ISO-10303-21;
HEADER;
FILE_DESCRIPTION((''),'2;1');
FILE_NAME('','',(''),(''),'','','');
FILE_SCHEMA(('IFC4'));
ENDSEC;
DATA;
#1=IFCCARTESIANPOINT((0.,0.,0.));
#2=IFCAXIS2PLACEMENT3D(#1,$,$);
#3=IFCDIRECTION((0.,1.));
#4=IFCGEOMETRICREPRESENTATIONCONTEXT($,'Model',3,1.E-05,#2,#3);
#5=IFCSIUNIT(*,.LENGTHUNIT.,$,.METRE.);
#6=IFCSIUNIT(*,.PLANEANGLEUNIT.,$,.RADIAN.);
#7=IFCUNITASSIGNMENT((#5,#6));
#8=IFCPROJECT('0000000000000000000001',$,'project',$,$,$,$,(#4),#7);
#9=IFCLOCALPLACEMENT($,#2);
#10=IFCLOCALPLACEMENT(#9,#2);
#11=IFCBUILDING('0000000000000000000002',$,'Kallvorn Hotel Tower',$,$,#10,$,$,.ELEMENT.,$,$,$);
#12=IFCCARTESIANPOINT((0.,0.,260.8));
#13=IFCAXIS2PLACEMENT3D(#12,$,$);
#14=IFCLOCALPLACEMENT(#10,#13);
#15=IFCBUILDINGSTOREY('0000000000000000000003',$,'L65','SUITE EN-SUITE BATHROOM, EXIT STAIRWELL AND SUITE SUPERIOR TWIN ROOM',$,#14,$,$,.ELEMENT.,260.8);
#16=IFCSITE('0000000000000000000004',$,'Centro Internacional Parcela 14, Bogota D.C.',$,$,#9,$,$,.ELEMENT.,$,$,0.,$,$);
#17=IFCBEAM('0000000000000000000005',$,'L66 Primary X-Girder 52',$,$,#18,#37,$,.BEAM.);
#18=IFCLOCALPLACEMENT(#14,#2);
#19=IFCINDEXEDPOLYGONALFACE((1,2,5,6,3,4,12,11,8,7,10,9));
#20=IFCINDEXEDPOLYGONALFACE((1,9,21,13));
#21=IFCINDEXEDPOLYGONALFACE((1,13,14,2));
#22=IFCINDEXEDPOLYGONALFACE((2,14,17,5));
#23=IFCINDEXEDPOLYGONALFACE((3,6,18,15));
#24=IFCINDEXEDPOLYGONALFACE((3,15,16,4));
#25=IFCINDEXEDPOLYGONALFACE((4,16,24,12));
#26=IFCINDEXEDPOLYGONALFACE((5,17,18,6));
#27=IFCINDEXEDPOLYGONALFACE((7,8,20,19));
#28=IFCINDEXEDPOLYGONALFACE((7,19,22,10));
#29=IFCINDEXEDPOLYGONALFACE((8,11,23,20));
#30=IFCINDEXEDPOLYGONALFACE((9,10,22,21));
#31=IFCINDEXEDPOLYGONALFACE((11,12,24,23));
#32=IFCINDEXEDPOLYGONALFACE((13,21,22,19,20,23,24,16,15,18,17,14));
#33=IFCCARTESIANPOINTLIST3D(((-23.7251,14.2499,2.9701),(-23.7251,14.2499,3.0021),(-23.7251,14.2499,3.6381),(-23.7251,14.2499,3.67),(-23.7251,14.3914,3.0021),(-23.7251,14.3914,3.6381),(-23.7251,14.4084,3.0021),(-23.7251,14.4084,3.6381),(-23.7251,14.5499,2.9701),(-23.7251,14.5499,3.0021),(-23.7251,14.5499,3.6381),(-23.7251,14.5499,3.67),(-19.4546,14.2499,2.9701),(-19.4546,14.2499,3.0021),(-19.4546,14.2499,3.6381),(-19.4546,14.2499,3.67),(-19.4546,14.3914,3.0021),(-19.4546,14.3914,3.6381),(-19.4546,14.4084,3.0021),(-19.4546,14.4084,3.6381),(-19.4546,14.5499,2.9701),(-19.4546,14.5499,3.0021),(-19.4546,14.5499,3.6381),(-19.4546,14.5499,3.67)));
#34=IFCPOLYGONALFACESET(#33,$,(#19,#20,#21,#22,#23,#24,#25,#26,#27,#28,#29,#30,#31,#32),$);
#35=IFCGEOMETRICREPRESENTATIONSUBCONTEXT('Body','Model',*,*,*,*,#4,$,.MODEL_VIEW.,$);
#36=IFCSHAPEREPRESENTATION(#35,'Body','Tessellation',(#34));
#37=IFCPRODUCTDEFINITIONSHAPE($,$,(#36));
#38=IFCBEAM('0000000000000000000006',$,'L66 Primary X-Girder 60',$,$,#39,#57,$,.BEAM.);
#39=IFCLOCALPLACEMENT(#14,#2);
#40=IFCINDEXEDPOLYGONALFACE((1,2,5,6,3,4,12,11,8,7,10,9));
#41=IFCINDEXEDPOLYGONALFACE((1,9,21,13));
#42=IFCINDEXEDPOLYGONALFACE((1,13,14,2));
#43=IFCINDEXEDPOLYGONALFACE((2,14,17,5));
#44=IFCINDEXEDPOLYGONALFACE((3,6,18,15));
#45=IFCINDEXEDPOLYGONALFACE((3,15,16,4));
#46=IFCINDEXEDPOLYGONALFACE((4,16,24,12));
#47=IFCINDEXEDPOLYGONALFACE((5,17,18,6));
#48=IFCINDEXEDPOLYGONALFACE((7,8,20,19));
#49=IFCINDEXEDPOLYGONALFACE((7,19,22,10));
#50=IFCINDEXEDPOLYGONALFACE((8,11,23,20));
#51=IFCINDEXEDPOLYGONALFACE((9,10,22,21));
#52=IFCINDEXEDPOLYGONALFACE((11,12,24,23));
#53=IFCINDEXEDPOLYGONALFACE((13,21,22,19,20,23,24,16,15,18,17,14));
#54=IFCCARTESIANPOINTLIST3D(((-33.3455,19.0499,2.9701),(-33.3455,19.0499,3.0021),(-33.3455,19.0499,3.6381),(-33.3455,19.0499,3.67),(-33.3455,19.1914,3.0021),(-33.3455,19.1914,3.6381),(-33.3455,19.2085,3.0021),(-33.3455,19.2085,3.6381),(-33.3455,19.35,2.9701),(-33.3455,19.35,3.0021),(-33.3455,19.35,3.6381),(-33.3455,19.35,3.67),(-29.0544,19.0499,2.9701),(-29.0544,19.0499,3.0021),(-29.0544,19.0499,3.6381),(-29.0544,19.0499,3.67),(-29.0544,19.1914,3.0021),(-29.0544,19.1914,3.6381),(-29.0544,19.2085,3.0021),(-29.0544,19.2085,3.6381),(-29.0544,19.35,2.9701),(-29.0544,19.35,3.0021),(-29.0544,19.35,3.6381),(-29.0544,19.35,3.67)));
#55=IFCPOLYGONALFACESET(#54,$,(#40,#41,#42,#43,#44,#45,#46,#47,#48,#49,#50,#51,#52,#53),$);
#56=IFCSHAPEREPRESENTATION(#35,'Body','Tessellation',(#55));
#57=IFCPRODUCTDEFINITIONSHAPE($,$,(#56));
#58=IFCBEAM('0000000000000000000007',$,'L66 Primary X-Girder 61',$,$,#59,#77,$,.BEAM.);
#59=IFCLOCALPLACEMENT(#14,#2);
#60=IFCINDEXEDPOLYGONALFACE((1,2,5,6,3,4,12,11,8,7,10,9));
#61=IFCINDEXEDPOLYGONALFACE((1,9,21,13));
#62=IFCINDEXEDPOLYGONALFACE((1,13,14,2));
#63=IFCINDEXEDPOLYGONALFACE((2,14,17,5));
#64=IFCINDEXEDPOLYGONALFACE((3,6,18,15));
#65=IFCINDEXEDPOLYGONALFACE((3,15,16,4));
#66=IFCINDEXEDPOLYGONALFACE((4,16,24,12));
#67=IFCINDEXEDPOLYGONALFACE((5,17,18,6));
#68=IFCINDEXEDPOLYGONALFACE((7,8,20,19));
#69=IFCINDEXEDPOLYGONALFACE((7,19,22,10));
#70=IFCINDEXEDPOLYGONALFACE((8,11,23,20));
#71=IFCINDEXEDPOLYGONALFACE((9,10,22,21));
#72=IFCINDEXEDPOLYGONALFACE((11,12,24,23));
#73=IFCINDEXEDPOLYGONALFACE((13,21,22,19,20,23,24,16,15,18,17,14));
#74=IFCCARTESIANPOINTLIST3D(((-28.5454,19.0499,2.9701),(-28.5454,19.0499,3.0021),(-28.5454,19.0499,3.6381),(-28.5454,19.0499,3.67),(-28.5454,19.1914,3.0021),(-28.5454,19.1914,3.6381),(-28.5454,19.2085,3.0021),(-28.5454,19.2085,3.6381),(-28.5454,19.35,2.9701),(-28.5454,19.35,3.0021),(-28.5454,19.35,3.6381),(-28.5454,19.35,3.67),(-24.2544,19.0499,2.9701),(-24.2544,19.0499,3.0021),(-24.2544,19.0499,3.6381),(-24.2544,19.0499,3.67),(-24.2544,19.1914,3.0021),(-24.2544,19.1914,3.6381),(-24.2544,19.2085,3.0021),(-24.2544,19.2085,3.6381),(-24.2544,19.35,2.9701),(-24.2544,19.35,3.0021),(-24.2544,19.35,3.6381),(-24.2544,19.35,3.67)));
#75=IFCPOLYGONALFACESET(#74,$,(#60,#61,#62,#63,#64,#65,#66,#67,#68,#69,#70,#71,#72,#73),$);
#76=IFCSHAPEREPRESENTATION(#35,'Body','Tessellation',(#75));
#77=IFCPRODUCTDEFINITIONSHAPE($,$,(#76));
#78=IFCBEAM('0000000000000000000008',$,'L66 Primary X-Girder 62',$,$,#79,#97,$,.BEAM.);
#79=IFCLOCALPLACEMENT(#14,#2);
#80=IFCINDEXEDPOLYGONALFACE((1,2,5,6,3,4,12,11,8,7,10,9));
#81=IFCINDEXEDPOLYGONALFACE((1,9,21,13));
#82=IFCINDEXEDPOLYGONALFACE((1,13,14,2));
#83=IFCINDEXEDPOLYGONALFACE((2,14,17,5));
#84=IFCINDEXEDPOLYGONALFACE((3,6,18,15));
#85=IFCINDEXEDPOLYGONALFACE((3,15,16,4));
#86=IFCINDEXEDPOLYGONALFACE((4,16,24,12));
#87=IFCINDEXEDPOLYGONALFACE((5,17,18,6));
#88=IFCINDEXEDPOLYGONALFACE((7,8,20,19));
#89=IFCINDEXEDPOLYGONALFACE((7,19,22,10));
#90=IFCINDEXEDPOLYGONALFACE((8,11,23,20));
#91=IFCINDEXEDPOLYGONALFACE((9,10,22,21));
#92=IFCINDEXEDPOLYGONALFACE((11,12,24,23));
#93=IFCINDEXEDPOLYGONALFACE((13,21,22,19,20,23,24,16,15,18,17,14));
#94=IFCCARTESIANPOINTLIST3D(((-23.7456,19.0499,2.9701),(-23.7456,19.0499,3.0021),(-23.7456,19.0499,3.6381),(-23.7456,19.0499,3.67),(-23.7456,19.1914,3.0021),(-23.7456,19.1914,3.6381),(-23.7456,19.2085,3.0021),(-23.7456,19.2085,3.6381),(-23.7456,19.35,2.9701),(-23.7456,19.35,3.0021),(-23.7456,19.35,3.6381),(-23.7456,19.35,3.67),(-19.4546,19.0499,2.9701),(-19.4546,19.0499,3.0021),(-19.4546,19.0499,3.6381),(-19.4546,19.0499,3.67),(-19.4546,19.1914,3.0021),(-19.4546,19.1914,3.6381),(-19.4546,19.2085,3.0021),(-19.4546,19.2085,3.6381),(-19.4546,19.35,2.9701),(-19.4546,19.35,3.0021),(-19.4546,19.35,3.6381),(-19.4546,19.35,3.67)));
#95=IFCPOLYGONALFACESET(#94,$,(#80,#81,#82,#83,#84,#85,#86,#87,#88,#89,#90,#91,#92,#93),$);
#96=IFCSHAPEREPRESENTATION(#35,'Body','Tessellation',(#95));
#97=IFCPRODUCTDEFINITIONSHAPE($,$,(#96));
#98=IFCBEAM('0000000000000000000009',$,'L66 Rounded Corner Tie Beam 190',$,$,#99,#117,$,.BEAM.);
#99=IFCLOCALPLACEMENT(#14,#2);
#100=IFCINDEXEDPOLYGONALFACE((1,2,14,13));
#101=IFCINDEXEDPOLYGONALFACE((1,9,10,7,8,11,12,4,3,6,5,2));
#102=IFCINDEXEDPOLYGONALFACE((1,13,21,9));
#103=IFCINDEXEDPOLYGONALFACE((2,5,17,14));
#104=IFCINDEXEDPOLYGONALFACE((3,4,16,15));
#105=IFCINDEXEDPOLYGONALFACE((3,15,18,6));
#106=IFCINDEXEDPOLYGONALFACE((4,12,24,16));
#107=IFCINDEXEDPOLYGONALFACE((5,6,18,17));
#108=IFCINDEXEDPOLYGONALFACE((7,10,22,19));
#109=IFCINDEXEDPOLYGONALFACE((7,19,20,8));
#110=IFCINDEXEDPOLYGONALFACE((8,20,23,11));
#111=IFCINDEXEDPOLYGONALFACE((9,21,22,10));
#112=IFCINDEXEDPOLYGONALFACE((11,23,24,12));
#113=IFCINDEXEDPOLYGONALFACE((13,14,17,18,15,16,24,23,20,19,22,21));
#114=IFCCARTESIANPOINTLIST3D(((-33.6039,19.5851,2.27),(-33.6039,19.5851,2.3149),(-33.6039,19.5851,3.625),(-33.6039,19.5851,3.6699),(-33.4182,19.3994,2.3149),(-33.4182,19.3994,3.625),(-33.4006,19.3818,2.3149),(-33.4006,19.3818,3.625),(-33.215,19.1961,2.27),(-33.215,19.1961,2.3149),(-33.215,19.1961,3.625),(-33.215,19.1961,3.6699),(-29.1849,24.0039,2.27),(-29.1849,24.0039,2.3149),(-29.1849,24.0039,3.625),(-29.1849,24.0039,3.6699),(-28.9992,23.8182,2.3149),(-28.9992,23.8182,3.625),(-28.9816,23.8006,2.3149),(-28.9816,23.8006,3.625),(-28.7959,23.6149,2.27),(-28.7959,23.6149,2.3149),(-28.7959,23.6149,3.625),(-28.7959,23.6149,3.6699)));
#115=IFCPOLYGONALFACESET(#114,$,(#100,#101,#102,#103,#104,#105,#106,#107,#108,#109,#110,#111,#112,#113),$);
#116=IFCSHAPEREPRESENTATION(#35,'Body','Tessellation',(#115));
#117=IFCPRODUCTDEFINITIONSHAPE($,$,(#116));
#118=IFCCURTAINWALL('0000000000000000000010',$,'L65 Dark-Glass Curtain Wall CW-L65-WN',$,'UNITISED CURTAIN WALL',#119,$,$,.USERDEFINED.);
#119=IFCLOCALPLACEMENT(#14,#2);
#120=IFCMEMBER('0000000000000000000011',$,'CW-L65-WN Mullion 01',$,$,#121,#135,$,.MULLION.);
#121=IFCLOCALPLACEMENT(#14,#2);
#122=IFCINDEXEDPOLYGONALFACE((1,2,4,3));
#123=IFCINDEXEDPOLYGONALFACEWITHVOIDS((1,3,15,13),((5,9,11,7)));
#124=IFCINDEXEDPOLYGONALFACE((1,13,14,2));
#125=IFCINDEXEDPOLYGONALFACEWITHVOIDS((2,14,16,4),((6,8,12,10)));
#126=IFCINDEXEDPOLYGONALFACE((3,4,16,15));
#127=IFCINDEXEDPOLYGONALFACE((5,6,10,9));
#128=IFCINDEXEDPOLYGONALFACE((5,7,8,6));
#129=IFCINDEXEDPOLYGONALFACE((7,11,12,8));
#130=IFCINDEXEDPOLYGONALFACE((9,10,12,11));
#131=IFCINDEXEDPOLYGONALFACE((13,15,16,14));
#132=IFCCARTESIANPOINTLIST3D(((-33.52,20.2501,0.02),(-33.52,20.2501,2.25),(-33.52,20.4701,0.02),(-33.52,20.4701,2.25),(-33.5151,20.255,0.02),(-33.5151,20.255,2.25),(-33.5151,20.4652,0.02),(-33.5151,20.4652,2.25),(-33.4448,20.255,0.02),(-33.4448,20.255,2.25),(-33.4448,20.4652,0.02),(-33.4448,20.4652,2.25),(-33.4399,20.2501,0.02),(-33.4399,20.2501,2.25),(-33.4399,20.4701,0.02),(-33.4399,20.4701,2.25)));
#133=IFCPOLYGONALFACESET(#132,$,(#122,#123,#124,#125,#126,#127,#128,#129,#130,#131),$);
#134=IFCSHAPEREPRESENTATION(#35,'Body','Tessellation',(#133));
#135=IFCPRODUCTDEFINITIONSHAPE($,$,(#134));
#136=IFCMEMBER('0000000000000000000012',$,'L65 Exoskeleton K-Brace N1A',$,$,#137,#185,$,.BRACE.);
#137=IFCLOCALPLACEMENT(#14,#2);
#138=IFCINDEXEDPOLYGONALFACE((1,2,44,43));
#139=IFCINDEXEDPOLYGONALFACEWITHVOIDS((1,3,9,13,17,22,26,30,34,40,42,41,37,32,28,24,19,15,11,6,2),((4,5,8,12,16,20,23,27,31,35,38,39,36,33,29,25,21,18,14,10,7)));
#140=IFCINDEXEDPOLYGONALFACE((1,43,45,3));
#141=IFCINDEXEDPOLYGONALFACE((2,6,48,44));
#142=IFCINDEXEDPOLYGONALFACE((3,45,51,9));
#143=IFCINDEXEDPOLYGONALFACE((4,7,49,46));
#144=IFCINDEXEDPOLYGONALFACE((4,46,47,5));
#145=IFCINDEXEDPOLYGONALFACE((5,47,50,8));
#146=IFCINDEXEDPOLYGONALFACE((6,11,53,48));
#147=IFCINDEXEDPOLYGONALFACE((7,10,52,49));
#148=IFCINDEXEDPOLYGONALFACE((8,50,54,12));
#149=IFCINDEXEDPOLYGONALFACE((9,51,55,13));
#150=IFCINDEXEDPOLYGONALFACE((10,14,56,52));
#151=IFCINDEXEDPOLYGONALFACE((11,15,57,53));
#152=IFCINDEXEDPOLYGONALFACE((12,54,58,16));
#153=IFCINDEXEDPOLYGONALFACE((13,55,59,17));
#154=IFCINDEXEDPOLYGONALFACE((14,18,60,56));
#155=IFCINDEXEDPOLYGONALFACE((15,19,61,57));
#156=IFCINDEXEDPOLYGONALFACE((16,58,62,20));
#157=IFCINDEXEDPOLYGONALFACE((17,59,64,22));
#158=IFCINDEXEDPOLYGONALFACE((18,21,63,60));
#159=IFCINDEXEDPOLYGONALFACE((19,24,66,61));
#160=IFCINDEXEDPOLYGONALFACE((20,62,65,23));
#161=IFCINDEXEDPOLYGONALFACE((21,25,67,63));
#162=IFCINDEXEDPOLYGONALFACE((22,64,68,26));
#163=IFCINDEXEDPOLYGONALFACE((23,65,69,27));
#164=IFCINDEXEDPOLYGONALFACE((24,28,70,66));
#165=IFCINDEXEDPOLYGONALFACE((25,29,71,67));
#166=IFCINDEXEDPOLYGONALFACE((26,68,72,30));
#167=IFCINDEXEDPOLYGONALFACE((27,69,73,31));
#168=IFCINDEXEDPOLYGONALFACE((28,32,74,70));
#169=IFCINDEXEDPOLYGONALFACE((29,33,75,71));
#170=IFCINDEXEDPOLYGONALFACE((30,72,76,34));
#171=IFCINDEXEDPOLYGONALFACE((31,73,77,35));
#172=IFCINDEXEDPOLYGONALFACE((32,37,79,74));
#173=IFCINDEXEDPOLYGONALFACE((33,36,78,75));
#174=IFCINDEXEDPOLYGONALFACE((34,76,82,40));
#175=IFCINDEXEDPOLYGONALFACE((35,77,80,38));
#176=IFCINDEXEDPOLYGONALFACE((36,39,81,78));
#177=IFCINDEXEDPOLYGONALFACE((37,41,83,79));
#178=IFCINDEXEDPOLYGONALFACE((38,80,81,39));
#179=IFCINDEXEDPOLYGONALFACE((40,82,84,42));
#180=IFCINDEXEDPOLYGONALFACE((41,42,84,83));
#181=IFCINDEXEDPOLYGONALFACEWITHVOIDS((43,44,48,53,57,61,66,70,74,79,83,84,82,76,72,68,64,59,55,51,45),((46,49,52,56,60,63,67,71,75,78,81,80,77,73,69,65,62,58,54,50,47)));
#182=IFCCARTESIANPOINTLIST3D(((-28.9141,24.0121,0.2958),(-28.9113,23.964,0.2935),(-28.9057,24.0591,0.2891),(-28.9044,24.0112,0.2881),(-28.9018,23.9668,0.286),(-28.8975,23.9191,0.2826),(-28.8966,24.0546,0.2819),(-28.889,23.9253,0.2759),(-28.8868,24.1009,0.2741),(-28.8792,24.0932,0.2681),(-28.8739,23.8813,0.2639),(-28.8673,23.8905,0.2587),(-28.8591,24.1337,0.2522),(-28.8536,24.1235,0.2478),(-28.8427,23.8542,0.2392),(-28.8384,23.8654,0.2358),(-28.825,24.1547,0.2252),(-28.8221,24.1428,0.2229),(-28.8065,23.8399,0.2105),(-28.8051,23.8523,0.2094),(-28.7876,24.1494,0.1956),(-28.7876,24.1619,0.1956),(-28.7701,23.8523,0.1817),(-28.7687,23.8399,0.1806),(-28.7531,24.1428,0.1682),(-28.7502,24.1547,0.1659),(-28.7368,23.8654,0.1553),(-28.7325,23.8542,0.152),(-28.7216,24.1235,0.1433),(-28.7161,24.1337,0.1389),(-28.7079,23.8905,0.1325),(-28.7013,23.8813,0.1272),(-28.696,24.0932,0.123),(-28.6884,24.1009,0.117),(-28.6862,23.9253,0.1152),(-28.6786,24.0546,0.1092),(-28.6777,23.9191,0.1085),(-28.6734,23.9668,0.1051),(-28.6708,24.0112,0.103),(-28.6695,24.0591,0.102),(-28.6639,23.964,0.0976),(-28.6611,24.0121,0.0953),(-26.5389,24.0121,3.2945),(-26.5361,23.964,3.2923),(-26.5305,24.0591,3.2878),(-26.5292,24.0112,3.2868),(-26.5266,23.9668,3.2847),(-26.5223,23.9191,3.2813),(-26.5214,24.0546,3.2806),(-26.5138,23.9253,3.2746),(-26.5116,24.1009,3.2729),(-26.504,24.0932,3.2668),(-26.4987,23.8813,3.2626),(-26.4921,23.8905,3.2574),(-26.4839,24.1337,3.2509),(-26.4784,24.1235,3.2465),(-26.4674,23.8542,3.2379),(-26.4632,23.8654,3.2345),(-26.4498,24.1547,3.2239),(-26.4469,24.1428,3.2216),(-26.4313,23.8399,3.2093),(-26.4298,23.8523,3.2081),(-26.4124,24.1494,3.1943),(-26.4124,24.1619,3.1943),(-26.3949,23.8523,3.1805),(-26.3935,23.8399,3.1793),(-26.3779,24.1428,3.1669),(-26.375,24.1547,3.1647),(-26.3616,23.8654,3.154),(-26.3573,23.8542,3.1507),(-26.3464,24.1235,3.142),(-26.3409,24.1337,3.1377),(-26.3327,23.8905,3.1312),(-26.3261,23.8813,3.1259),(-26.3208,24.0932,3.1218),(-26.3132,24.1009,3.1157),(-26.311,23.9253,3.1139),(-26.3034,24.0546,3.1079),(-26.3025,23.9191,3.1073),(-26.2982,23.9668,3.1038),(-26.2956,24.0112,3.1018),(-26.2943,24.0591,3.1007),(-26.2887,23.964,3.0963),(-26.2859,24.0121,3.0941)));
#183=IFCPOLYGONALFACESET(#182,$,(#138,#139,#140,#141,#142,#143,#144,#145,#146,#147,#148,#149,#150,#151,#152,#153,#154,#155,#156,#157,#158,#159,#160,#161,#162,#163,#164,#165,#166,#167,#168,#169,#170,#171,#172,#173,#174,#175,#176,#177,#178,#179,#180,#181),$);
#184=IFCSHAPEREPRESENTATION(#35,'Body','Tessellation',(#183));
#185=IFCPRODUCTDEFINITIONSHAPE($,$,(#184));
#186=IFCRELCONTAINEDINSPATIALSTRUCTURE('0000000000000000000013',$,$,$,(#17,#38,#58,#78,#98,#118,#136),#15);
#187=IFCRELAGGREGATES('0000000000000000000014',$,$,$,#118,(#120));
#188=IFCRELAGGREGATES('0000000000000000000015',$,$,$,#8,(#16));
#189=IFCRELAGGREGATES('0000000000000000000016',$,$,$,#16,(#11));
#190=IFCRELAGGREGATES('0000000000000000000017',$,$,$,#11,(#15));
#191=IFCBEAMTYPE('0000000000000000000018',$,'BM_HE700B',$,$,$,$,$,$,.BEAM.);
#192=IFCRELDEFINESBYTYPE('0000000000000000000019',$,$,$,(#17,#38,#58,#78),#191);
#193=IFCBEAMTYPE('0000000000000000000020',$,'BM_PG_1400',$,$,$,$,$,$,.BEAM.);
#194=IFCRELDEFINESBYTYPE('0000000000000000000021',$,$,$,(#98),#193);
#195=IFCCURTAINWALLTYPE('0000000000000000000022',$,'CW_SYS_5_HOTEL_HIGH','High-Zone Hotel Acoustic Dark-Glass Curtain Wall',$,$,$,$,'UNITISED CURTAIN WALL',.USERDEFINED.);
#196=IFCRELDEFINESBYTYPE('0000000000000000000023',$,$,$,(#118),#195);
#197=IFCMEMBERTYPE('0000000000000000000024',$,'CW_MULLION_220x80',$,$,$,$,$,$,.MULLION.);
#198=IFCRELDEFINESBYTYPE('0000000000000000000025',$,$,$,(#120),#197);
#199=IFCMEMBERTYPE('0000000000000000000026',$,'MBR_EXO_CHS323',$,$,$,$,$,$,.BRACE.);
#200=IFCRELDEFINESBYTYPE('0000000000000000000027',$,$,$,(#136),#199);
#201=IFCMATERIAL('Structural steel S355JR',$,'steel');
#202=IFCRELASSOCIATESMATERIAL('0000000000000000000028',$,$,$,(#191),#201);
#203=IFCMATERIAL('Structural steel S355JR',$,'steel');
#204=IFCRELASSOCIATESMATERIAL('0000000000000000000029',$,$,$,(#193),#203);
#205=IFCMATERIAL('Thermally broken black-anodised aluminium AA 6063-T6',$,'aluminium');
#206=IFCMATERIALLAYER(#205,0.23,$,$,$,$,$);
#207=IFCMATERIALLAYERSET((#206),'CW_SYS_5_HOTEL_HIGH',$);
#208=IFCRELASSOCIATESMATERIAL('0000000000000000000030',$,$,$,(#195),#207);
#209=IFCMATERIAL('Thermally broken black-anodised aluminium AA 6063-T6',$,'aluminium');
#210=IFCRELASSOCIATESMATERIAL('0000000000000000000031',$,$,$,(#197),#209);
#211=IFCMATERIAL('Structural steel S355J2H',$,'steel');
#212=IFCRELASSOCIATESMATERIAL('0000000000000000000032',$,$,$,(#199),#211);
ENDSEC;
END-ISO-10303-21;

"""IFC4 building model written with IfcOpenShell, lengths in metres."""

from ifc_helpers import new_model, si_unit, direction, frame, origin, origin_2d, place, context, subcontext, project, spatial, hollow_rectangle, hollow_circle, i_section, extrude, material, layer, layer_set, material_profile, profile_set, type_object, element, aggregate, save


model = new_model("IFC4")

# Units and contexts
model_context = context("Model", 3, precision=1e-05, world=origin(), true_north=direction((0.0, 1.0)))
body_context = subcontext(model_context, "Body", "Model", "MODEL_VIEW")
ifc_project = project(units=[si_unit("LENGTHUNIT", "METRE"), si_unit("PLANEANGLEUNIT", "RADIAN")], contexts=[model_context])

# Site, building, storey
site_placement = place(None, origin())
site = spatial("IfcSite", under=ifc_project, at=site_placement, Name="Centro Internacional Parcela 14, Bogota D.C.", CompositionType="ELEMENT", RefElevation=0.0)
building_placement = place(site_placement, origin())
building = spatial("IfcBuilding", under=site, at=building_placement, Name="Kallvorn Hotel Tower", CompositionType="ELEMENT")
storey_placement = place(building_placement, frame((0.0, 0.0, 260.8)))
storey = spatial("IfcBuildingStorey", under=building, at=storey_placement, Name="L65", Description="SUITE EN-SUITE BATHROOM, EXIT STAIRWELL AND SUITE SUPERIOR TWIN ROOM", CompositionType="ELEMENT", Elevation=260.8)

# Beams
ifc_material_1 = material(Name="Structural steel S355JR", Category="steel")
ifc_material_profile_1 = material_profile(ifc_material_1, i_section(OverallWidth=0.3, OverallDepth=0.7, WebThickness=0.0171, FlangeThickness=0.032, at=origin_2d()), Name="HE 700 B")
ifc_profile_set_1 = profile_set([ifc_material_profile_1], Name="Structural steel S355JR")
beam_type_1 = type_object("IfcBeamType", Name="BM_HE700B", PredefinedType="BEAM", material=ifc_profile_set_1)
for number, where, z_axis, x_axis, name in (
    (1, (-23.7251, 14.3999, 3.3201), (1.0, 0.0, 0.0), (0.0, 1.0, 0.0), "L66 Primary X-Girder 52"),
):
    element("IfcBeam", number, at=place(storey_placement, frame(where, z_axis=z_axis, x_axis=x_axis)), inside=storey, type_object=beam_type_1, Name=name, PredefinedType="BEAM", context=body_context, shape_type="SweptSolid", body=[
        extrude(i_section(OverallWidth=0.3, OverallDepth=0.7, WebThickness=0.0171, FlangeThickness=0.032, at=origin_2d()), origin(), (0.0, 0.0, 1.0), 4.2705),
    ])
for number, where, z_axis, x_axis, name in (
    (2, (-33.3455, 19.2, 3.3201), (1.0, 0.0, 0.0), (0.0, 1.0, 0.0), "L66 Primary X-Girder 60"),
    (3, (-28.5454, 19.2, 3.3201), (1.0, 0.0, 0.0), (0.0, 1.0, 0.0), "L66 Primary X-Girder 61"),
    (4, (-23.7456, 19.2, 3.3201), (1.0, 0.0, 0.0), (0.0, 1.0, 0.0), "L66 Primary X-Girder 62"),
):
    element("IfcBeam", number, at=place(storey_placement, frame(where, z_axis=z_axis, x_axis=x_axis)), inside=storey, type_object=beam_type_1, Name=name, PredefinedType="BEAM", context=body_context, shape_type="SweptSolid", body=[
        extrude(i_section(OverallWidth=0.3, OverallDepth=0.7, WebThickness=0.0171, FlangeThickness=0.032, at=origin_2d()), origin(), (0.0, 0.0, 1.0), 4.291),
    ])
ifc_material_2 = material(Name="Structural steel S355JR", Category="steel")
ifc_material_profile_2 = material_profile(ifc_material_2, i_section(OverallWidth=0.55, OverallDepth=1.3999, WebThickness=0.0249, FlangeThickness=0.0449, at=origin_2d()), Name="PG 1400x550x25x45")
ifc_profile_set_2 = profile_set([ifc_material_profile_2], Name="Structural steel S355JR")
beam_type_2 = type_object("IfcBeamType", Name="BM_PG_1400", PredefinedType="BEAM", material=ifc_profile_set_2)
beam_1_placement = place(storey_placement, frame((-33.4094, 19.3906, 2.97), z_axis=(0.707126, 0.707087, 0.0), x_axis=(-0.707087, 0.707126, 0.0)))
element("IfcBeam", 5, at=beam_1_placement, inside=storey, type_object=beam_type_2, Name="L66 Rounded Corner Tie Beam 190", PredefinedType="BEAM", context=body_context, shape_type="SweptSolid", body=[
    extrude(i_section(OverallWidth=0.55, OverallDepth=1.3999, WebThickness=0.0249, FlangeThickness=0.0449, at=origin_2d()), origin(), (0.0, 0.0, 1.0), 6.2493),
])

# Curtain wall, member
ifc_material_3 = material(Name="Thermally broken black-anodised aluminium AA 6063-T6", Category="aluminium")
ifc_layer_1 = layer(ifc_material_3, 0.23)
ifc_layer_set_1 = layer_set([ifc_layer_1], Name="CW_SYS_5_HOTEL_HIGH")
curtain_wall_type = type_object("IfcCurtainWallType", Name="CW_SYS_5_HOTEL_HIGH", Description="High-Zone Hotel Acoustic Dark-Glass Curtain Wall", ElementType="UNITISED CURTAIN WALL", PredefinedType="USERDEFINED", material=ifc_layer_set_1)
curtain_wall_placement = place(storey_placement, origin())
curtain_wall = element("IfcCurtainWall", 6, at=curtain_wall_placement, inside=storey, type_object=curtain_wall_type, Name="L65 Dark-Glass Curtain Wall CW-L65-WN", ObjectType="UNITISED CURTAIN WALL", PredefinedType="USERDEFINED")
ifc_material_4 = material(Name="Thermally broken black-anodised aluminium AA 6063-T6", Category="aluminium")
ifc_material_profile_3 = material_profile(ifc_material_4, hollow_rectangle(XDim=0.0801, YDim=0.22, WallThickness=0.0049, at=origin_2d()), Name="MUL 220x80")
ifc_profile_set_3 = profile_set([ifc_material_profile_3], Name="Thermally broken black-anodised aluminium AA 6063-T6")
member_type_1 = type_object("IfcMemberType", Name="CW_MULLION_220x80", PredefinedType="MULLION", material=ifc_profile_set_3)
member_placement = place(storey_placement, frame((-33.48, 20.3601, 0.02), z_axis=(0.0, 0.0, 1.0), x_axis=(1.0, 0.0, 0.0)))
member = element("IfcMember", 7, at=member_placement, type_object=member_type_1, Name="CW-L65-WN Mullion 01", PredefinedType="MULLION", context=body_context, shape_type="SweptSolid", body=[
    extrude(hollow_rectangle(XDim=0.0801, YDim=0.22, WallThickness=0.0049, at=origin_2d()), origin(), (0.0, 0.0, 1.0), 2.23),
])
aggregate(curtain_wall, [member])

# Member
ifc_material_5 = material(Name="Structural steel S355J2H", Category="steel")
ifc_material_profile_4 = material_profile(ifc_material_5, hollow_circle(Radius=0.1619, WallThickness=0.0125, at=origin_2d()), Name="CHS 323.9x12.5")
ifc_profile_set_4 = profile_set([ifc_material_profile_4], Name="Structural steel S355J2H")
member_type_2 = type_object("IfcMemberType", Name="MBR_EXO_CHS323", PredefinedType="BRACE", material=ifc_profile_set_4)
for number, where, z_axis, x_axis, name in (
    (8, (-28.7876, 24.0, 0.1956), (0.620897, 0.0, 0.783892), (0.0, 1.0, 0.0), "L65 Exoskeleton K-Brace N1A"),
):
    element("IfcMember", number, at=place(storey_placement, frame(where, z_axis=z_axis, x_axis=x_axis)), inside=storey, type_object=member_type_2, Name=name, PredefinedType="BRACE", context=body_context, shape_type="SweptSolid", body=[
        extrude(hollow_circle(Radius=0.1619, WallThickness=0.0125, at=origin_2d()), origin(), (0.0, 0.0, 1.0), 3.8254),
    ])

save(model, "model.ifc")
